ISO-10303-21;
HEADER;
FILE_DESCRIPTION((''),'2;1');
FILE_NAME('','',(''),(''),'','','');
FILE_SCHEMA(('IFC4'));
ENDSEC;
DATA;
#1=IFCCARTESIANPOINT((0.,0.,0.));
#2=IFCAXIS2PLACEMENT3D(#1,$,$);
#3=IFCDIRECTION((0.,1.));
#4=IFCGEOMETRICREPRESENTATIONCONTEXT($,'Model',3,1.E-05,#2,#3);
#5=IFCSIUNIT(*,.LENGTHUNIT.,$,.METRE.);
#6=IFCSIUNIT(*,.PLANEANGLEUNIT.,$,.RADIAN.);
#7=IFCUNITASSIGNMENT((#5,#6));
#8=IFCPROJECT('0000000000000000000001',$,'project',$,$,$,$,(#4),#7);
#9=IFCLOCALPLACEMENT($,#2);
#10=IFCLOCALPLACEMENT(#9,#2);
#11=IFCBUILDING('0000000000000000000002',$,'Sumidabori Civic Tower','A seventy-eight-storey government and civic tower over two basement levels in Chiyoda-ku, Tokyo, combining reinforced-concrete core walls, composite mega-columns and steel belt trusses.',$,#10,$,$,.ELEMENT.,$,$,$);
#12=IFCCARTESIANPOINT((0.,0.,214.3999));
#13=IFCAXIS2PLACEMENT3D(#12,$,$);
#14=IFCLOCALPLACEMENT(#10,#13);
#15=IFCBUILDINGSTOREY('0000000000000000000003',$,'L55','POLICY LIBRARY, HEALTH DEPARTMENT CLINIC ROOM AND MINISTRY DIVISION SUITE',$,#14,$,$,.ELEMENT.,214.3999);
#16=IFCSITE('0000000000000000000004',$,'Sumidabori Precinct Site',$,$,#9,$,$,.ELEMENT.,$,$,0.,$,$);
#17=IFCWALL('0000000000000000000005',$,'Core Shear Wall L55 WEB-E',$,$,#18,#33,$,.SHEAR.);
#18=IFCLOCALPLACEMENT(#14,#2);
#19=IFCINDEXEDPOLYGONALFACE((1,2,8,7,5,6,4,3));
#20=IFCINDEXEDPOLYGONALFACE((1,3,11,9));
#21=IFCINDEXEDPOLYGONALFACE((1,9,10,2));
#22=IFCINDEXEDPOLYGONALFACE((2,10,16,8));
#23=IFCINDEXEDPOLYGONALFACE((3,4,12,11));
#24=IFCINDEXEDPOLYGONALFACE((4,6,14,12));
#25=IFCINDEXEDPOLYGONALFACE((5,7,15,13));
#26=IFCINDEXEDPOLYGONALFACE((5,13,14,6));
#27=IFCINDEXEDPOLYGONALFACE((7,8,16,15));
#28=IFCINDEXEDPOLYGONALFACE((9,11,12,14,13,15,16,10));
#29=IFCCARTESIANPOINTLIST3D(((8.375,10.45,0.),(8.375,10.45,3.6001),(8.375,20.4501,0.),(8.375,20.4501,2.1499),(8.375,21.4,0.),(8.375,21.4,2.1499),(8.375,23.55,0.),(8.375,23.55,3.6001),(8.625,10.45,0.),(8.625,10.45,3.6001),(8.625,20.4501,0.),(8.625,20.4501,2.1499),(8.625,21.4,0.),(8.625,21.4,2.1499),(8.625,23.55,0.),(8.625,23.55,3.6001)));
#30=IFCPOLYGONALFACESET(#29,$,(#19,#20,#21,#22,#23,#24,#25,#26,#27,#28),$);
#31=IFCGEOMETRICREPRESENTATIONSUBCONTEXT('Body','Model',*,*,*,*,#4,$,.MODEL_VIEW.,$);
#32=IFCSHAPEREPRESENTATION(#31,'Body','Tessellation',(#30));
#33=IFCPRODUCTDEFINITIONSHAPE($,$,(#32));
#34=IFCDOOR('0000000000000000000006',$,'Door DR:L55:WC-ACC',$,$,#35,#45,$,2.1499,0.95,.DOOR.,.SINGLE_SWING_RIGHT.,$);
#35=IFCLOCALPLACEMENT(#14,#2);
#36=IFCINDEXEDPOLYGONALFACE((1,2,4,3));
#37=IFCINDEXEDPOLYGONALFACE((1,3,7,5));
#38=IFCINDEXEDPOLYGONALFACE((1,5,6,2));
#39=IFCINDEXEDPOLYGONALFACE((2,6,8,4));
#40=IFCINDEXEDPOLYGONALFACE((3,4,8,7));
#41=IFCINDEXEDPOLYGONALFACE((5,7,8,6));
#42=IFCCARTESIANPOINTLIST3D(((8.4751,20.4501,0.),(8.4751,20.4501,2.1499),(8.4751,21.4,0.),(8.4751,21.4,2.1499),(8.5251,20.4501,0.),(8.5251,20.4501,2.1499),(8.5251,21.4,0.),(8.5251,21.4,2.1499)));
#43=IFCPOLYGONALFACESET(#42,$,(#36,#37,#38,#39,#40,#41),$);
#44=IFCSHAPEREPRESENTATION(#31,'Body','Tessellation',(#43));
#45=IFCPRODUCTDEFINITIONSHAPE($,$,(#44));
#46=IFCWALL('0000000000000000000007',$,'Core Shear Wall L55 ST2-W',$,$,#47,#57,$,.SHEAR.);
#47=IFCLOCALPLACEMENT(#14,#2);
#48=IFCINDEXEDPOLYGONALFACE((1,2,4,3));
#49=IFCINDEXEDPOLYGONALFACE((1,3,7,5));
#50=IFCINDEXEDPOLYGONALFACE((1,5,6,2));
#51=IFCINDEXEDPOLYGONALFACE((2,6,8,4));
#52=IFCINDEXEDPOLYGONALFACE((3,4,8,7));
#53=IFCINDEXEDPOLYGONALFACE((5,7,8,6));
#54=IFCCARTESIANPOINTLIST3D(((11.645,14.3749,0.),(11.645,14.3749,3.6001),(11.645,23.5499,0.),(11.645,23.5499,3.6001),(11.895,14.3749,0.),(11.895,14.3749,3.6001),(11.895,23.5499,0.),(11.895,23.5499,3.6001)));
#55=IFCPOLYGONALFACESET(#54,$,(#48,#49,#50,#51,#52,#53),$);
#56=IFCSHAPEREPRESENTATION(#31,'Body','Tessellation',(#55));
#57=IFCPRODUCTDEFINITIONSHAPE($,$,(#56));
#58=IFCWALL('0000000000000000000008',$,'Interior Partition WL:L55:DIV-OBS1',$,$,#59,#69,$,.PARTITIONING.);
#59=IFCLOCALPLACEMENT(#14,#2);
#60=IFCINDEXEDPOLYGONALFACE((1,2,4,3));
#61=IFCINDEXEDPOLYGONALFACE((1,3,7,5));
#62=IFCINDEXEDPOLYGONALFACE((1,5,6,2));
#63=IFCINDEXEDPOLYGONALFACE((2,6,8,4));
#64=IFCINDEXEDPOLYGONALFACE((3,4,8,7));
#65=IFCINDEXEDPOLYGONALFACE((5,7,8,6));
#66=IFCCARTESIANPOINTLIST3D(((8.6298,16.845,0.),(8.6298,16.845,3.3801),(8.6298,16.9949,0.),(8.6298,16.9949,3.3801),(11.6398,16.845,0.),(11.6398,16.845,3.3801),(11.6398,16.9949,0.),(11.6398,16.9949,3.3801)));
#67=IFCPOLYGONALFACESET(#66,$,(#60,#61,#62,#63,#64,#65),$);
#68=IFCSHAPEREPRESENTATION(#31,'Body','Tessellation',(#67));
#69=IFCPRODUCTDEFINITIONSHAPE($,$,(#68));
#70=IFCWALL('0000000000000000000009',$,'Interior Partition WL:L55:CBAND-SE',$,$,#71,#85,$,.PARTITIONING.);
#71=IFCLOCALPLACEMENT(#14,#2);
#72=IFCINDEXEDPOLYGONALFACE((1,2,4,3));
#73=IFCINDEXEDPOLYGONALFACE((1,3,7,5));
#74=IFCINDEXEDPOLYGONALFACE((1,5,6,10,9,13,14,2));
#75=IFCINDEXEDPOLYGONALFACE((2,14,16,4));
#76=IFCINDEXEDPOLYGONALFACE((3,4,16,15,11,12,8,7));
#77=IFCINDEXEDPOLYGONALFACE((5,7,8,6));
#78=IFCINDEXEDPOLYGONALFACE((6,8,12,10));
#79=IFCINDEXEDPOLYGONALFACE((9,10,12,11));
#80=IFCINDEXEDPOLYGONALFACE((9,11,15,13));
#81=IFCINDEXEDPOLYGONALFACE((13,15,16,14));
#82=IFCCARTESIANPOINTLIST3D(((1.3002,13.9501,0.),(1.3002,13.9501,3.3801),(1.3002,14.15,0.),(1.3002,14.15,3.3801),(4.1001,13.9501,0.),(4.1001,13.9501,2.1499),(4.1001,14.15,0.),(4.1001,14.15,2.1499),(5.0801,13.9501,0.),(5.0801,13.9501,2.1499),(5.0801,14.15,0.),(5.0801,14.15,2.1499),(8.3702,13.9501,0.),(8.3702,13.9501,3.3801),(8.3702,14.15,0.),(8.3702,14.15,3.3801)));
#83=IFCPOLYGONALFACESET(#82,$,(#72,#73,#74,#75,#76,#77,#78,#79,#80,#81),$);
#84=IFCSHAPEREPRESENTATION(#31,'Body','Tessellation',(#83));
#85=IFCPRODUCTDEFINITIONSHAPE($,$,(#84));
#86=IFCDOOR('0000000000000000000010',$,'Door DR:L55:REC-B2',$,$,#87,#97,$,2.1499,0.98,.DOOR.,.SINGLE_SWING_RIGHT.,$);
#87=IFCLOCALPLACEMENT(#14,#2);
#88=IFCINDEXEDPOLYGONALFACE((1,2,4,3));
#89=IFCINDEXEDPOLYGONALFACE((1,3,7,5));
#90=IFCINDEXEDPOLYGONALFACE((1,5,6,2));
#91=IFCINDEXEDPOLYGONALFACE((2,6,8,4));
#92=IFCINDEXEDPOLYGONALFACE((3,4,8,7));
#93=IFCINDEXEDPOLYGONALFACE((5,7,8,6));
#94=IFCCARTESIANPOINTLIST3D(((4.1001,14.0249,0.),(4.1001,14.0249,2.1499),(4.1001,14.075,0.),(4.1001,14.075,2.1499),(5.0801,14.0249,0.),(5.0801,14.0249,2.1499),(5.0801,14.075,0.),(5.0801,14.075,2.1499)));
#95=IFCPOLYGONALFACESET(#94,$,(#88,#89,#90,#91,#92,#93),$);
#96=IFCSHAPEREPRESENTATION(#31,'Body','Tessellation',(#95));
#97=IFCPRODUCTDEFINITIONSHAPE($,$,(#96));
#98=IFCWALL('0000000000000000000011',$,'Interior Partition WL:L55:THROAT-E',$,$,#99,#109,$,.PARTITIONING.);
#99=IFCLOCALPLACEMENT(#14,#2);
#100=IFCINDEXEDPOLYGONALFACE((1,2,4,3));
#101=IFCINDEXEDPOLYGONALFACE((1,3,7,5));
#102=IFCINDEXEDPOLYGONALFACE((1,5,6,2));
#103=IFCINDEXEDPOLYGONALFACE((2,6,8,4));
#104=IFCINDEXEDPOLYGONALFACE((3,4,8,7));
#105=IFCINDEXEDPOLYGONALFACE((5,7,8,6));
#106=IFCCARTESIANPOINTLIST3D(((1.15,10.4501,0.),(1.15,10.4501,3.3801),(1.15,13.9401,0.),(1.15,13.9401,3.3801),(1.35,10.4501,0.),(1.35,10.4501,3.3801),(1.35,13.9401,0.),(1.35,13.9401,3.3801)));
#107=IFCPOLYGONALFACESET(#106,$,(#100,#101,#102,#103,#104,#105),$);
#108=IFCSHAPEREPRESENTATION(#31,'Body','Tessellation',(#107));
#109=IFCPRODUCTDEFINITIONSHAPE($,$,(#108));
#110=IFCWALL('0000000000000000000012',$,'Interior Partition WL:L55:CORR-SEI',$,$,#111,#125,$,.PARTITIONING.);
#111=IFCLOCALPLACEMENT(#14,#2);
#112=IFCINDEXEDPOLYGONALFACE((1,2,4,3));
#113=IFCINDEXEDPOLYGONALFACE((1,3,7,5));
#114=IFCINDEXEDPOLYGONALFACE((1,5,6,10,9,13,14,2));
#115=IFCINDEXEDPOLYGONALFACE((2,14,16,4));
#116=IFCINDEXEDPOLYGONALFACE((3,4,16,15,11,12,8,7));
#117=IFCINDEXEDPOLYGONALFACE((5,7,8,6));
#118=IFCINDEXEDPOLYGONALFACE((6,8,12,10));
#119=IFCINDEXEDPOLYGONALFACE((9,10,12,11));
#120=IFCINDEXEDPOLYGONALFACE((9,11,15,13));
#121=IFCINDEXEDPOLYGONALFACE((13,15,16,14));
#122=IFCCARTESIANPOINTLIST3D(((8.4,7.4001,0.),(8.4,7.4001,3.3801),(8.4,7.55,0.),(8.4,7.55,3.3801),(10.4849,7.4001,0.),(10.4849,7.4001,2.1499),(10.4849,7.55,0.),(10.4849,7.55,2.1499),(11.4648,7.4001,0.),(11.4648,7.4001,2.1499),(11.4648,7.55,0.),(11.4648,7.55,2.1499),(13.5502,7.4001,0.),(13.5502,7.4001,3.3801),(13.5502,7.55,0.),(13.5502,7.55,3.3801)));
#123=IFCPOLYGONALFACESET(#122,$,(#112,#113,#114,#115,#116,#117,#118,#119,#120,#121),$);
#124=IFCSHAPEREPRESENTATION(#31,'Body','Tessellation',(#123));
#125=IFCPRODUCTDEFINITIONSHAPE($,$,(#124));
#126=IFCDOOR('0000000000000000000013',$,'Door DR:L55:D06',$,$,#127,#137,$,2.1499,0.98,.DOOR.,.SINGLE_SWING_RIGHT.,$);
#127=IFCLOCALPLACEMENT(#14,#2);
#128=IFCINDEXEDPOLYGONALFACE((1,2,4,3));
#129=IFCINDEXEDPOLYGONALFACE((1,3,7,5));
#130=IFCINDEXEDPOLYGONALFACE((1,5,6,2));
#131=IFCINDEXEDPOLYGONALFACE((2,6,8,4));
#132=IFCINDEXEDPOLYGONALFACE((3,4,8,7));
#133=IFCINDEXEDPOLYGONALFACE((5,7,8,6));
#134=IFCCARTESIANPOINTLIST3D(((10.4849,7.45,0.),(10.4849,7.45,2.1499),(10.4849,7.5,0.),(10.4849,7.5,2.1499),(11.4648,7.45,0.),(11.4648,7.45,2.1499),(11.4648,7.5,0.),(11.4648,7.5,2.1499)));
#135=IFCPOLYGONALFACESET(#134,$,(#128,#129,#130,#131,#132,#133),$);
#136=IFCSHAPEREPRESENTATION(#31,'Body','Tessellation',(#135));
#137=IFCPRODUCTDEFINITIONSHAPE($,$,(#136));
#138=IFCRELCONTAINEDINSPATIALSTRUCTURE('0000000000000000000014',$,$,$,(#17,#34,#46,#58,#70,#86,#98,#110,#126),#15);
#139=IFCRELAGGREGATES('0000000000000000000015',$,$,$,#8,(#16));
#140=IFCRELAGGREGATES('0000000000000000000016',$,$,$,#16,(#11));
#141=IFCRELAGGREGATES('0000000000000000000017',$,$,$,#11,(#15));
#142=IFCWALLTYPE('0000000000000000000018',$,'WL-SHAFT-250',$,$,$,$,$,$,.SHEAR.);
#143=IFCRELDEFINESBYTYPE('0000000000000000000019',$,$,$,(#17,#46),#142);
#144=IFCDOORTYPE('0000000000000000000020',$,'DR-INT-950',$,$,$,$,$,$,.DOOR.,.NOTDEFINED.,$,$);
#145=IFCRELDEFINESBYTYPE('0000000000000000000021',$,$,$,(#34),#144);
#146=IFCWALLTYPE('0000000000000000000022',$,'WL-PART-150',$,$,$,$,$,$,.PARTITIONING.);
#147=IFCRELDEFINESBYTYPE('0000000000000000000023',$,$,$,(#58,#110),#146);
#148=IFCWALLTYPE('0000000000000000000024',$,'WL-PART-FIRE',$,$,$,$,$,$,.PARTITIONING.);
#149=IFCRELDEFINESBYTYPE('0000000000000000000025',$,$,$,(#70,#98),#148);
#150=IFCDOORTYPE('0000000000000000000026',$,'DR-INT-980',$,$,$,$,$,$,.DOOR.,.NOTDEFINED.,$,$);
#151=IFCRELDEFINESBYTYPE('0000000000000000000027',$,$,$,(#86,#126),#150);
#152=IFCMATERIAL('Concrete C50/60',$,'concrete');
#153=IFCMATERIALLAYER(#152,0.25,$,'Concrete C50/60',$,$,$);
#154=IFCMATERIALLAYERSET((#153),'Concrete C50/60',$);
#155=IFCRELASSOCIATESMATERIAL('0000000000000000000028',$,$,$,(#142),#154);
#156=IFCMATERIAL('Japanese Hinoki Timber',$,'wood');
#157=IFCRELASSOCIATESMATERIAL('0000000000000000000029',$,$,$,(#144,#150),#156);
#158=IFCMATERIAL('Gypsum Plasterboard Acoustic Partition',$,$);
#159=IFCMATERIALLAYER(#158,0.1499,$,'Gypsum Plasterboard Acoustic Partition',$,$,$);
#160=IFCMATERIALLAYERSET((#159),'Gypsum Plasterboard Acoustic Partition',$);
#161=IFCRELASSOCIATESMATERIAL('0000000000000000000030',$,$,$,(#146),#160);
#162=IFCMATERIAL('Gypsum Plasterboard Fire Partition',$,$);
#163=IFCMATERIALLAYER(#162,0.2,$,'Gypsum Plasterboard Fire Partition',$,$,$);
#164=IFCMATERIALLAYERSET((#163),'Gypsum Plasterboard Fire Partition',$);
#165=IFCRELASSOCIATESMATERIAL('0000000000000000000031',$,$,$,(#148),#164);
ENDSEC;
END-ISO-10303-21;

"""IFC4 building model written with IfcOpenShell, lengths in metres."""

from ifc_helpers import new_model, si_unit, direction, frame, frame_2d, origin, place, context, subcontext, project, spatial, rectangle, extrude, source, transform, mapped, material, layer, layer_set, type_object, element, fill, save


model = new_model("IFC4")

# Units and contexts
model_context = context("Model", 3, precision=1e-05, world=origin(), true_north=direction((0.0, 1.0)))
body_context = subcontext(model_context, "Body", "Model", "MODEL_VIEW")
ifc_project = project(units=[si_unit("LENGTHUNIT", "METRE"), si_unit("PLANEANGLEUNIT", "RADIAN")], contexts=[model_context])

# Site, building, storey
site_placement = place(None, origin())
site = spatial("IfcSite", under=ifc_project, at=site_placement, Name="Sumidabori Precinct Site", CompositionType="ELEMENT", RefElevation=0.0)
building_placement = place(site_placement, origin())
building = spatial("IfcBuilding", under=site, at=building_placement, Name="Sumidabori Civic Tower", Description="A seventy-eight-storey government and civic tower over two basement levels in Chiyoda-ku, Tokyo, combining reinforced-concrete core walls, composite mega-columns and steel belt trusses.", CompositionType="ELEMENT")
storey_placement = place(building_placement, frame((0.0, 0.0, 214.3999)))
storey = spatial("IfcBuildingStorey", under=building, at=storey_placement, Name="L55", Description="POLICY LIBRARY, HEALTH DEPARTMENT CLINIC ROOM AND MINISTRY DIVISION SUITE", CompositionType="ELEMENT", Elevation=214.3999)

# Shared definitions
ifc_material_1 = material(Name="Concrete C50/60", Category="concrete")

# Wall, opening, door
ifc_layer_1 = layer(ifc_material_1, 0.25, Name="Concrete C50/60")
ifc_layer_set_1 = layer_set([ifc_layer_1], Name="Concrete C50/60")
wall_type_1 = type_object("IfcWallType", Name="WL-SHAFT-250", PredefinedType="SHEAR", material=ifc_layer_set_1)
shared_shape_1 = source(origin(), body_context, "Body", "SweptSolid", [
    extrude(rectangle(XDim=13.1001, YDim=0.25, at=frame_2d((6.55, 0.0))), origin(), (0.0, 0.0, 1.0), 3.6001),
])
wall_1_placement = place(storey_placement, frame((8.5, 10.45, 0.0), z_axis=(0.0, 0.0, 1.0), x_axis=(0.0, 1.0, 0.0)))
wall_1 = element("IfcWall", 1, at=wall_1_placement, inside=storey, type_object=wall_type_1, Name="Core Shear Wall L55 WEB-E", PredefinedType="SHEAR", context=body_context, shape_type="MappedRepresentation", body=[
    mapped(shared_shape_1, transform((0.0, 0.0, 0.0), x_axis=(1.0, 0.0, 0.0), y_axis=(0.0, 1.0, 0.0), z_axis=(0.0, 0.0, 1.0), scale=1.0)),
])
opening_1_placement = place(wall_1_placement, frame((10.0, 0.0, 0.0)))
opening_1 = element("IfcOpeningElement", 2, at=opening_1_placement, cuts=wall_1, PredefinedType="OPENING", context=body_context, shape_type="SweptSolid", body=[
    extrude(rectangle(XDim=0.95, YDim=2.1499, at=frame_2d((0.4751, 1.075))), frame((0.0, 0.137, 0.0), z_axis=(0.0, -1.0, 0.0), x_axis=(1.0, 0.0, 0.0)), (0.0, 0.0, 1.0), 0.2739),
])
ifc_material_2 = material(Name="Japanese Hinoki Timber", Category="wood")
door_type_1 = type_object("IfcDoorType", Name="DR-INT-950", OperationType="NOTDEFINED", PredefinedType="DOOR", material=ifc_material_2)
shared_shape_2 = source(origin(), body_context, "Body", "SweptSolid", [
    extrude(rectangle(XDim=0.95, YDim=2.1499, at=frame_2d((0.4751, 1.075))), frame((0.0, 0.0249, 0.0), z_axis=(0.0, -1.0, 0.0), x_axis=(1.0, 0.0, 0.0)), (0.0, 0.0, 1.0), 0.05),
])
door_1_placement = place(opening_1_placement, origin())
door_1 = element("IfcDoor", 3, at=door_1_placement, inside=storey, type_object=door_type_1, Name="Door DR:L55:WC-ACC", OperationType="SINGLE_SWING_RIGHT", OverallHeight=2.1499, OverallWidth=0.95, PredefinedType="DOOR", context=body_context, shape_type="MappedRepresentation", body=[
    mapped(shared_shape_2, transform((0.0, 0.0, 0.0), x_axis=(1.0, 0.0, 0.0), y_axis=(0.0, 1.0, 0.0), z_axis=(0.0, 0.0, 1.0), scale=1.0)),
])
fill(opening_1, door_1)

# Wall
shared_shape_3 = source(origin(), body_context, "Body", "SweptSolid", [
    extrude(rectangle(XDim=9.175, YDim=0.25, at=frame_2d((4.5874, 0.0))), origin(), (0.0, 0.0, 1.0), 3.6001),
])
wall_2_placement = place(storey_placement, frame((11.77, 14.375, 0.0), z_axis=(0.0, 0.0, 1.0), x_axis=(0.0, 1.0, 0.0)))
element("IfcWall", 4, at=wall_2_placement, inside=storey, type_object=wall_type_1, Name="Core Shear Wall L55 ST2-W", PredefinedType="SHEAR", context=body_context, shape_type="MappedRepresentation", body=[
    mapped(shared_shape_3, transform((0.0, 0.0, 0.0), x_axis=(1.0, 0.0, 0.0), y_axis=(0.0, 1.0, 0.0), z_axis=(0.0, 0.0, 1.0), scale=1.0)),
])

# Wall
ifc_material_3 = material(Name="Gypsum Plasterboard Acoustic Partition")
ifc_layer_2 = layer(ifc_material_3, 0.1499, Name="Gypsum Plasterboard Acoustic Partition")
ifc_layer_set_2 = layer_set([ifc_layer_2], Name="Gypsum Plasterboard Acoustic Partition")
wall_type_2 = type_object("IfcWallType", Name="WL-PART-150", PredefinedType="PARTITIONING", material=ifc_layer_set_2)
shared_shape_4 = source(origin(), body_context, "Body", "SweptSolid", [
    extrude(rectangle(XDim=3.01, YDim=0.1499, at=frame_2d((1.5049, 0.0))), origin(), (0.0, 0.0, 1.0), 3.3801),
])
wall_3_placement = place(storey_placement, frame((8.6299, 16.9199, 0.0), z_axis=(0.0, 0.0, 1.0), x_axis=(1.0, 0.0, 0.0)))
element("IfcWall", 5, at=wall_3_placement, inside=storey, type_object=wall_type_2, Name="Interior Partition WL:L55:DIV-OBS1", PredefinedType="PARTITIONING", context=body_context, shape_type="MappedRepresentation", body=[
    mapped(shared_shape_4, transform((0.0, 0.0, 0.0), x_axis=(1.0, 0.0, 0.0), y_axis=(0.0, 1.0, 0.0), z_axis=(0.0, 0.0, 1.0), scale=1.0)),
])

# Wall, opening, door
ifc_material_4 = material(Name="Gypsum Plasterboard Fire Partition")
ifc_layer_3 = layer(ifc_material_4, 0.2, Name="Gypsum Plasterboard Fire Partition")
ifc_layer_set_3 = layer_set([ifc_layer_3], Name="Gypsum Plasterboard Fire Partition")
wall_type_3 = type_object("IfcWallType", Name="WL-PART-FIRE", PredefinedType="PARTITIONING", material=ifc_layer_set_3)
shared_shape_5 = source(origin(), body_context, "Body", "SweptSolid", [
    extrude(rectangle(XDim=7.0701, YDim=0.2, at=frame_2d((3.5352, 0.0))), origin(), (0.0, 0.0, 1.0), 3.3801),
])
wall_4_placement = place(storey_placement, frame((1.3, 14.05, 0.0), z_axis=(0.0, 0.0, 1.0), x_axis=(1.0, 0.0, 0.0)))
wall_4 = element("IfcWall", 6, at=wall_4_placement, inside=storey, type_object=wall_type_3, Name="Interior Partition WL:L55:CBAND-SE", PredefinedType="PARTITIONING", context=body_context, shape_type="MappedRepresentation", body=[
    mapped(shared_shape_5, transform((0.0, 0.0, 0.0), x_axis=(1.0, 0.0, 0.0), y_axis=(0.0, 1.0, 0.0), z_axis=(0.0, 0.0, 1.0), scale=1.0)),
])
opening_2_placement = place(wall_4_placement, frame((2.8, 0.0, 0.0)))
opening_2 = element("IfcOpeningElement", 7, at=opening_2_placement, cuts=wall_4, PredefinedType="OPENING", context=body_context, shape_type="SweptSolid", body=[
    extrude(rectangle(XDim=0.98, YDim=2.1499, at=frame_2d((0.49, 1.075))), frame((0.0, 0.1118, 0.0), z_axis=(0.0, -1.0, 0.0), x_axis=(1.0, 0.0, 0.0)), (0.0, 0.0, 1.0), 0.2239),
])
door_type_2 = type_object("IfcDoorType", Name="DR-INT-980", OperationType="NOTDEFINED", PredefinedType="DOOR", material=ifc_material_2)
shared_shape_6 = source(origin(), body_context, "Body", "SweptSolid", [
    extrude(rectangle(XDim=0.98, YDim=2.1499, at=frame_2d((0.49, 1.075))), frame((0.0, 0.0249, 0.0), z_axis=(0.0, -1.0, 0.0), x_axis=(1.0, 0.0, 0.0)), (0.0, 0.0, 1.0), 0.05),
])
door_2_placement = place(opening_2_placement, origin())
door_2 = element("IfcDoor", 8, at=door_2_placement, inside=storey, type_object=door_type_2, Name="Door DR:L55:REC-B2", OperationType="SINGLE_SWING_RIGHT", OverallHeight=2.1499, OverallWidth=0.98, PredefinedType="DOOR", context=body_context, shape_type="MappedRepresentation", body=[
    mapped(shared_shape_6, transform((0.0, 0.0, 0.0), x_axis=(1.0, 0.0, 0.0), y_axis=(0.0, 1.0, 0.0), z_axis=(0.0, 0.0, 1.0), scale=1.0)),
])
fill(opening_2, door_2)

# Wall
shared_shape_7 = source(origin(), body_context, "Body", "SweptSolid", [
    extrude(rectangle(XDim=3.49, YDim=0.2, at=frame_2d((1.7451, 0.0))), origin(), (0.0, 0.0, 1.0), 3.3801),
])
wall_5_placement = place(storey_placement, frame((1.25, 10.45, 0.0), z_axis=(0.0, 0.0, 1.0), x_axis=(0.0, 1.0, 0.0)))
element("IfcWall", 9, at=wall_5_placement, inside=storey, type_object=wall_type_3, Name="Interior Partition WL:L55:THROAT-E", PredefinedType="PARTITIONING", context=body_context, shape_type="MappedRepresentation", body=[
    mapped(shared_shape_7, transform((0.0, 0.0, 0.0), x_axis=(1.0, 0.0, 0.0), y_axis=(0.0, 1.0, 0.0), z_axis=(0.0, 0.0, 1.0), scale=1.0)),
])

# Wall, opening, door
shared_shape_8 = source(origin(), body_context, "Body", "SweptSolid", [
    extrude(rectangle(XDim=5.1501, YDim=0.1499, at=frame_2d((2.5752, 0.0))), origin(), (0.0, 0.0, 1.0), 3.3801),
])
wall_6_placement = place(storey_placement, frame((8.3999, 7.4751, 0.0), z_axis=(0.0, 0.0, 1.0), x_axis=(1.0, 0.0, 0.0)))
wall_6 = element("IfcWall", 10, at=wall_6_placement, inside=storey, type_object=wall_type_2, Name="Interior Partition WL:L55:CORR-SEI", PredefinedType="PARTITIONING", context=body_context, shape_type="MappedRepresentation", body=[
    mapped(shared_shape_8, transform((0.0, 0.0, 0.0), x_axis=(1.0, 0.0, 0.0), y_axis=(0.0, 1.0, 0.0), z_axis=(0.0, 0.0, 1.0), scale=1.0)),
])
opening_3_placement = place(wall_6_placement, frame((2.085, 0.0, 0.0)))
opening_3 = element("IfcOpeningElement", 11, at=opening_3_placement, cuts=wall_6, PredefinedType="OPENING", context=body_context, shape_type="SweptSolid", body=[
    extrude(rectangle(XDim=0.98, YDim=2.1499, at=frame_2d((0.49, 1.075))), frame((0.0, 0.0869, 0.0), z_axis=(0.0, -1.0, 0.0), x_axis=(1.0, 0.0, 0.0)), (0.0, 0.0, 1.0), 0.1738),
])
door_3_placement = place(opening_3_placement, origin())
door_3 = element("IfcDoor", 12, at=door_3_placement, inside=storey, type_object=door_type_2, Name="Door DR:L55:D06", OperationType="SINGLE_SWING_RIGHT", OverallHeight=2.1499, OverallWidth=0.98, PredefinedType="DOOR", context=body_context, shape_type="MappedRepresentation", body=[
    mapped(shared_shape_6, transform((0.0, 0.0, 0.0), x_axis=(1.0, 0.0, 0.0), y_axis=(0.0, 1.0, 0.0), z_axis=(0.0, 0.0, 1.0), scale=1.0)),
])
fill(opening_3, door_3)

save(model, "model.ifc")
